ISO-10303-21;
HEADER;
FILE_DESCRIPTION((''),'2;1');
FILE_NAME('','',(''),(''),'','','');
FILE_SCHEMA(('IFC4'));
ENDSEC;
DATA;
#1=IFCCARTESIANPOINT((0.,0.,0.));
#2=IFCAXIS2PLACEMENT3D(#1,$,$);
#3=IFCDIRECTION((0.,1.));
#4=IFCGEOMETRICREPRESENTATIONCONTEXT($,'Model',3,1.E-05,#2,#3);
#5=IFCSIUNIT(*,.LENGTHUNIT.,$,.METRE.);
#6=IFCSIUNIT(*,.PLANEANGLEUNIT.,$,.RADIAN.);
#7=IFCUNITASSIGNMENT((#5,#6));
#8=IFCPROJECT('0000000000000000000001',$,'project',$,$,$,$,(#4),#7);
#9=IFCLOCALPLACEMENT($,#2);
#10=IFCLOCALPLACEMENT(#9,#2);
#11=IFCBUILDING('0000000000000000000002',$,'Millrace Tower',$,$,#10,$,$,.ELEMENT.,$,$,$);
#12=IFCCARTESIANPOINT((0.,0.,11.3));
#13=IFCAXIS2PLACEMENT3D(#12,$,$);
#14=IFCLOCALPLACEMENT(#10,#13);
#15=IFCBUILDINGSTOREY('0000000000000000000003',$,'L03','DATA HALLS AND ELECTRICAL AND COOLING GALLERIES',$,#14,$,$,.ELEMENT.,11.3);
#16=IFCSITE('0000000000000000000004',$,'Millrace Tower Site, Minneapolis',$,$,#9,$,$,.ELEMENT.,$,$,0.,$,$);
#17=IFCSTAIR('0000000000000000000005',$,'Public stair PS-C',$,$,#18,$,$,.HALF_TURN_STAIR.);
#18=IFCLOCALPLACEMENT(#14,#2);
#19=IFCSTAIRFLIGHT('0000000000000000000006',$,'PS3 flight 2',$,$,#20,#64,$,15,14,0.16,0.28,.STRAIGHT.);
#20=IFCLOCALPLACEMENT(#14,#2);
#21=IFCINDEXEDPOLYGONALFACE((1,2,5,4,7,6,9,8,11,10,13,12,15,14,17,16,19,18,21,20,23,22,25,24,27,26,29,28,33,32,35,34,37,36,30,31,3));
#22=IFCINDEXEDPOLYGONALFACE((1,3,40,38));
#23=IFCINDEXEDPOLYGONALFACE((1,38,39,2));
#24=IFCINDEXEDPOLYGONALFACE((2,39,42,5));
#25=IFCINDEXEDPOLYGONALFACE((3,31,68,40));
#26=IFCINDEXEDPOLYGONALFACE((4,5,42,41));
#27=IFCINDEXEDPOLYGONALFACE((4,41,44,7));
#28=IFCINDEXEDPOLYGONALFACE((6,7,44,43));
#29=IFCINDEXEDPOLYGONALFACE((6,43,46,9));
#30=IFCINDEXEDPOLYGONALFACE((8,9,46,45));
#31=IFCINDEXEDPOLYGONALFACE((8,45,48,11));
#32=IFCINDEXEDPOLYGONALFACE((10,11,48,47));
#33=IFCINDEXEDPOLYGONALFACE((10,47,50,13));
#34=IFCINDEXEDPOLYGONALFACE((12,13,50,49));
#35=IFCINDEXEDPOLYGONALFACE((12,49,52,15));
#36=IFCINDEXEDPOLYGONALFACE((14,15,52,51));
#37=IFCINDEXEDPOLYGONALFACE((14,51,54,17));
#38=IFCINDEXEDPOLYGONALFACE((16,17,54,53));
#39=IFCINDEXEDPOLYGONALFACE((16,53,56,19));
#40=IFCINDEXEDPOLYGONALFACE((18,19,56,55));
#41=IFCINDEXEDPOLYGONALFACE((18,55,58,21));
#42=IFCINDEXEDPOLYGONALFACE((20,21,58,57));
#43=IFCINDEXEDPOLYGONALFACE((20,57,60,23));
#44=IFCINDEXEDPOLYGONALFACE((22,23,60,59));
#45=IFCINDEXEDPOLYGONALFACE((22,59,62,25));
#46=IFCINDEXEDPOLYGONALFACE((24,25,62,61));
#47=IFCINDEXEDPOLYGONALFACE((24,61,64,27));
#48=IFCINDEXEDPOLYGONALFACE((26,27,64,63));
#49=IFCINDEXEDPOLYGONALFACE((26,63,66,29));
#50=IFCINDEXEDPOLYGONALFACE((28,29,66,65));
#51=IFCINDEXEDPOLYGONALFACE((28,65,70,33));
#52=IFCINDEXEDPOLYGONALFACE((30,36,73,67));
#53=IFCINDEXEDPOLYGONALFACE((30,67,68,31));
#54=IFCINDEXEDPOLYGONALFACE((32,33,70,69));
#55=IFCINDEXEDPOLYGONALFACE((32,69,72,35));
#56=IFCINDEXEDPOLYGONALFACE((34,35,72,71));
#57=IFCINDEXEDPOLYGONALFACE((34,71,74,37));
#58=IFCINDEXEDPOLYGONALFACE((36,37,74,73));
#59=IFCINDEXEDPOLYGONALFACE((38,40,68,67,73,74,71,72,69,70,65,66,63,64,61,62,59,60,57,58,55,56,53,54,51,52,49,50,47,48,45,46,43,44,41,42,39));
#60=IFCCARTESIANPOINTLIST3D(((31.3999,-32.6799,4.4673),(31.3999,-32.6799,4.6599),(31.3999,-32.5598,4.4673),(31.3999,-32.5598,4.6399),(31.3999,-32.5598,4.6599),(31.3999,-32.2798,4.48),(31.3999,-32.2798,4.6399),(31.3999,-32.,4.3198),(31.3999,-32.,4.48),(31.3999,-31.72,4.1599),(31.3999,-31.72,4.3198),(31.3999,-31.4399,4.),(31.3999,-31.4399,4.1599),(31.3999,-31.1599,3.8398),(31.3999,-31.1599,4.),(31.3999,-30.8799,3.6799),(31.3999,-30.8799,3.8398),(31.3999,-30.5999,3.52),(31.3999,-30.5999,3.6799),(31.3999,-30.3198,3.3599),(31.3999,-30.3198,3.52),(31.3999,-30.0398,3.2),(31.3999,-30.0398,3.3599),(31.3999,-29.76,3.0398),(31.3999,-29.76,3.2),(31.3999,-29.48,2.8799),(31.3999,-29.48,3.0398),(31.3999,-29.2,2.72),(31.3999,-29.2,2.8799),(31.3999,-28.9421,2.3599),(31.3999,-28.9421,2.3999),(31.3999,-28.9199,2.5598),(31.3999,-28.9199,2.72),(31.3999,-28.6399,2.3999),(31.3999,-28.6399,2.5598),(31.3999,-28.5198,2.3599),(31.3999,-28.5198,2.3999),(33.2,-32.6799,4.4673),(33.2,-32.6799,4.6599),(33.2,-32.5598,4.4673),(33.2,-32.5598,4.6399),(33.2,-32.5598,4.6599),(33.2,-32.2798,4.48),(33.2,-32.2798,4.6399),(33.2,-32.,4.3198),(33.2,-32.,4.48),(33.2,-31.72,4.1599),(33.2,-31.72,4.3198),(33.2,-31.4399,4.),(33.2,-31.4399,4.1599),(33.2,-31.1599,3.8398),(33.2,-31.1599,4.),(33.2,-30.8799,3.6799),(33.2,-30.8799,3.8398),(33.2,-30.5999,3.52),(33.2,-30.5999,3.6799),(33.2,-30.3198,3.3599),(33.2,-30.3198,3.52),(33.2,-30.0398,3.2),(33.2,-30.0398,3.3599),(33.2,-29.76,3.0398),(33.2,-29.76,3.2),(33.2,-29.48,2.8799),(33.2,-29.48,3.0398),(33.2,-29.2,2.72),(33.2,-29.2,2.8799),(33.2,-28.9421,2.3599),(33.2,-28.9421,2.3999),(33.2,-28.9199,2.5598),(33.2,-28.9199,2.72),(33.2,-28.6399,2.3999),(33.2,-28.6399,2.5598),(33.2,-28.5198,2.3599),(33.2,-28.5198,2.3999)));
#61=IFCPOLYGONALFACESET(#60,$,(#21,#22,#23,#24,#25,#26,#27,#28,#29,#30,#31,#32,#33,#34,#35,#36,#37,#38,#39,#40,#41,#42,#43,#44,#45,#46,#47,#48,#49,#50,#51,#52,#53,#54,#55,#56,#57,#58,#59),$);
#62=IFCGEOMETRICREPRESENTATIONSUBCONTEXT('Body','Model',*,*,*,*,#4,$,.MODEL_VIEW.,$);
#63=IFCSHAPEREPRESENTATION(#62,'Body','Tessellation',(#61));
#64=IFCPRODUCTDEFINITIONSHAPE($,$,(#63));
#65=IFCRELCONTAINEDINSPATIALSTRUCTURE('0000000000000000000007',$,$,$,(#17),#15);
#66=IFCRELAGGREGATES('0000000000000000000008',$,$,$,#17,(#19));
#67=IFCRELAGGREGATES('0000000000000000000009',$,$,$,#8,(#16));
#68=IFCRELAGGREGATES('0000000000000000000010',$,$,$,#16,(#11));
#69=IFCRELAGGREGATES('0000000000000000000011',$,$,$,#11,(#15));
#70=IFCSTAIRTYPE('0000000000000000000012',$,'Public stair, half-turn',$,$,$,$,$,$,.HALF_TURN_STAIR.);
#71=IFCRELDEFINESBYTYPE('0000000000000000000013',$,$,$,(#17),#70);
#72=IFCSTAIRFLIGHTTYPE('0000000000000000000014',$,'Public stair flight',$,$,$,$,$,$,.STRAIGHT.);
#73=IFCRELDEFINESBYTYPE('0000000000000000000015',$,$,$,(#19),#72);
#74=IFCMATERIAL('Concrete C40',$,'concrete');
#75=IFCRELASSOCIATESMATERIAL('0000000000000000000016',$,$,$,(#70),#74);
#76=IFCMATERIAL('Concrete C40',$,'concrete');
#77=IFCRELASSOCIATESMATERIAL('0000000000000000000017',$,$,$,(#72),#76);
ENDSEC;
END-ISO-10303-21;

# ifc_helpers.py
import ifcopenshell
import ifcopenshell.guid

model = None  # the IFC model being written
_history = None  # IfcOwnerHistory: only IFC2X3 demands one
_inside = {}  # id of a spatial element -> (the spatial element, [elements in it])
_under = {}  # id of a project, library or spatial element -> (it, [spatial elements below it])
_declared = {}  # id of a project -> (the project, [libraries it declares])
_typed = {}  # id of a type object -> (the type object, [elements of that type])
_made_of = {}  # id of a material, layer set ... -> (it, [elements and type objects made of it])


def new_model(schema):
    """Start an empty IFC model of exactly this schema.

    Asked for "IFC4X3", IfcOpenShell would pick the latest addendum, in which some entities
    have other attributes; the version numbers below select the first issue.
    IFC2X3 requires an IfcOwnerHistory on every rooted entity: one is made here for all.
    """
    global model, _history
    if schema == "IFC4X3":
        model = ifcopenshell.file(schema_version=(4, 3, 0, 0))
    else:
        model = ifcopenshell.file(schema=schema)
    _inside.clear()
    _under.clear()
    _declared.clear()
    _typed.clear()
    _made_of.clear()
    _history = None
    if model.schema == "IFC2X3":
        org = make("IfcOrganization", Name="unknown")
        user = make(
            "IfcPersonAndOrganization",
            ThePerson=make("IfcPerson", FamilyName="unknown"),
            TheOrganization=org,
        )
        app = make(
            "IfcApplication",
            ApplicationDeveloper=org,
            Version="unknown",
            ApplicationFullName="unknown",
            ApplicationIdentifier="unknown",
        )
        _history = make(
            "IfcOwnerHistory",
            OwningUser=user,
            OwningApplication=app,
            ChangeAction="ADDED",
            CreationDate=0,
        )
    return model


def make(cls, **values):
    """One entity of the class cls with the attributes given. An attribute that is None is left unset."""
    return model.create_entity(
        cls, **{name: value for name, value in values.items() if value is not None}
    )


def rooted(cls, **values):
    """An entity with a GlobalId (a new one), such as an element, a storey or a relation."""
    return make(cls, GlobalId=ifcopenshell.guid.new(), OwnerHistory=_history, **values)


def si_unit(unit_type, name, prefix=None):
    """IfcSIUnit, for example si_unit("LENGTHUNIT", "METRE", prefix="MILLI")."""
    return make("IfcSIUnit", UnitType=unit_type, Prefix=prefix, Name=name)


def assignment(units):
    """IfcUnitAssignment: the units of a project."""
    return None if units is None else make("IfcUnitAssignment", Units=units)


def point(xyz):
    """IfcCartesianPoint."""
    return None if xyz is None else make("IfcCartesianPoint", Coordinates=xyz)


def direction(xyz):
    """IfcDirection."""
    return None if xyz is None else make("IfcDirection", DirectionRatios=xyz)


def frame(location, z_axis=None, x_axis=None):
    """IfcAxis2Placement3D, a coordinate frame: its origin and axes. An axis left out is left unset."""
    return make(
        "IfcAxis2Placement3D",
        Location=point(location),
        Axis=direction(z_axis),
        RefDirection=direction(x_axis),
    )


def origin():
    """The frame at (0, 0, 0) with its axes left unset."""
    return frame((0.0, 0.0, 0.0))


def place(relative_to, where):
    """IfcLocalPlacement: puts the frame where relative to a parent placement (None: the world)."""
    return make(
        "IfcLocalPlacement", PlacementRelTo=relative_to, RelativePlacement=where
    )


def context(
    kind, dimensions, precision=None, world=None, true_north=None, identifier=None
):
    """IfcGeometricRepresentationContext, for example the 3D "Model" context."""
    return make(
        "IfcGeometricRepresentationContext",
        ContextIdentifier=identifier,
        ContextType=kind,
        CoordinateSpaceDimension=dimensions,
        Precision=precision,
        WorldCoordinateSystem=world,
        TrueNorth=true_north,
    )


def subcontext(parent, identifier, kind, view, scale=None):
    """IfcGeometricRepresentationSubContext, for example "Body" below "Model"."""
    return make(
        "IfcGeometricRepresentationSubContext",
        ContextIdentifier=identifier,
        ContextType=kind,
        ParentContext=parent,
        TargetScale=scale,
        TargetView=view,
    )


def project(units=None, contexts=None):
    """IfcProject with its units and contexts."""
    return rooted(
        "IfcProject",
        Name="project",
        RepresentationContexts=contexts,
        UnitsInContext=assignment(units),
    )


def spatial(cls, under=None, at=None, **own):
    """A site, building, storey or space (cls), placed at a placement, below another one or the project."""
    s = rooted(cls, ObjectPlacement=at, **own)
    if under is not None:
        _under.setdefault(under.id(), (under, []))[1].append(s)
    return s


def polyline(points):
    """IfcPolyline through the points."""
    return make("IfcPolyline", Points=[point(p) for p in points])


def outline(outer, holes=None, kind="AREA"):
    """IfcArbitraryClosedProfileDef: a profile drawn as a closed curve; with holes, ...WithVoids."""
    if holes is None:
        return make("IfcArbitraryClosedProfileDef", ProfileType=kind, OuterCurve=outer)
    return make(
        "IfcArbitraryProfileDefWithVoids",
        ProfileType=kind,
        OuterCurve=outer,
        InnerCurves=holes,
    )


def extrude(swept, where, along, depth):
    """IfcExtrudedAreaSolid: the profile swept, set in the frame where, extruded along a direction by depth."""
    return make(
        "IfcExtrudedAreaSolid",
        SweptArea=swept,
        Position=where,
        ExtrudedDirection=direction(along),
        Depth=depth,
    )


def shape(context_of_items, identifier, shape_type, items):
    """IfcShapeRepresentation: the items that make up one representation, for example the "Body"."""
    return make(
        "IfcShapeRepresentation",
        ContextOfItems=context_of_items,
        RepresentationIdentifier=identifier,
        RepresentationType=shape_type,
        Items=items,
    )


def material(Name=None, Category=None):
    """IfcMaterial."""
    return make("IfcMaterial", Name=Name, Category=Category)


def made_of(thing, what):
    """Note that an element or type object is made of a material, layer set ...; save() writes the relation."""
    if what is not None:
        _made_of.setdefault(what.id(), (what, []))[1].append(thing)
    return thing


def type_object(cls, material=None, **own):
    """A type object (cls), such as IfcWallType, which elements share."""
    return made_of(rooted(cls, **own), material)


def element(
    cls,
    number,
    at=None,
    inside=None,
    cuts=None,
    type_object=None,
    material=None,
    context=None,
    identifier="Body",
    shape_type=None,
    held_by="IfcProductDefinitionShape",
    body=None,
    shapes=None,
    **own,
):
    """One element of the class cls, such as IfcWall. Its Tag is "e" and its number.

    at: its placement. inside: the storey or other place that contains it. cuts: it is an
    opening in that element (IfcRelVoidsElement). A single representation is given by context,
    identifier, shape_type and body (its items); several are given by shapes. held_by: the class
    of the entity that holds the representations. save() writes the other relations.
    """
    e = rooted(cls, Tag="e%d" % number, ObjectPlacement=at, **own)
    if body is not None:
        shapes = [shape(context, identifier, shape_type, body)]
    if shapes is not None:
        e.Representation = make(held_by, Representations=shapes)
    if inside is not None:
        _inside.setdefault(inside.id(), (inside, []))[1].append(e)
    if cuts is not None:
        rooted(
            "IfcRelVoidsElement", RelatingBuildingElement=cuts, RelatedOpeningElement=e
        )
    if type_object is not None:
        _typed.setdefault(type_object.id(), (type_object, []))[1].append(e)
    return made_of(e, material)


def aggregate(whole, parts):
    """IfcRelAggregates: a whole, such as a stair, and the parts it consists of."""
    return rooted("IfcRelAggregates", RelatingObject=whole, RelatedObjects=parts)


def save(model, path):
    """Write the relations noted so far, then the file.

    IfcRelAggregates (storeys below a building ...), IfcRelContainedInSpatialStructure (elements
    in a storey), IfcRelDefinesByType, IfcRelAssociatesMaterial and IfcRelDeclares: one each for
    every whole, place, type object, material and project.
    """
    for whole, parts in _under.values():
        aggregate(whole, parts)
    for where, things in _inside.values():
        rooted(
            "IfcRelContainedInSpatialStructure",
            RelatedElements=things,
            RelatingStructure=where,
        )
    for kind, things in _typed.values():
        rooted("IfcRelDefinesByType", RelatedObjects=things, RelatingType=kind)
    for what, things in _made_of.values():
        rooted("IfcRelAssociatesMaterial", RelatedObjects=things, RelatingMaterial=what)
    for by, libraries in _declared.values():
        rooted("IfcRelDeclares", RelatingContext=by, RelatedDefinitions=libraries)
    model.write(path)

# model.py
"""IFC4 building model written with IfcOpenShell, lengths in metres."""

from ifc_helpers import new_model, si_unit, direction, frame, origin, place, context, subcontext, project, spatial, polyline, outline, extrude, material, type_object, element, aggregate, save


model = new_model("IFC4")

# Units and contexts
model_context = context("Model", 3, precision=1e-05, world=origin(), true_north=direction((0.0, 1.0)))
body_context = subcontext(model_context, "Body", "Model", "MODEL_VIEW")
ifc_project = project(units=[si_unit("LENGTHUNIT", "METRE"), si_unit("PLANEANGLEUNIT", "RADIAN")], contexts=[model_context])

# Site, building, storey
site_placement = place(None, origin())
site = spatial("IfcSite", under=ifc_project, at=site_placement, Name="Millrace Tower Site, Minneapolis", CompositionType="ELEMENT", RefElevation=0.0)
building_placement = place(site_placement, origin())
building = spatial("IfcBuilding", under=site, at=building_placement, Name="Millrace Tower", CompositionType="ELEMENT")
storey_placement = place(building_placement, frame((0.0, 0.0, 11.3)))
storey = spatial("IfcBuildingStorey", under=building, at=storey_placement, Name="L03", Description="DATA HALLS AND ELECTRICAL AND COOLING GALLERIES", CompositionType="ELEMENT", Elevation=11.3)

# Shared definitions
placement_1 = place(storey_placement, origin())

# Stair, stair flight
ifc_material_1 = material(Name="Concrete C40", Category="concrete")
stair_type = type_object("IfcStairType", Name="Public stair, half-turn", PredefinedType="HALF_TURN_STAIR", material=ifc_material_1)
stair = element("IfcStair", 1, at=placement_1, inside=storey, type_object=stair_type, Name="Public stair PS-C", PredefinedType="HALF_TURN_STAIR")
ifc_material_2 = material(Name="Concrete C40", Category="concrete")
stair_flight_type = type_object("IfcStairFlightType", Name="Public stair flight", PredefinedType="STRAIGHT", material=ifc_material_2)
stair_flight_1_placement = place(storey_placement, frame((32.3, -28.6399, 2.3999), z_axis=(0.0, 0.0, 1.0), x_axis=(0.0, -1.0, 0.0)))
stair_flight_1 = element("IfcStairFlight", 2, at=stair_flight_1_placement, type_object=stair_flight_type, Name="PS3 flight 2", NumberOfRisers=15, NumberOfTreads=14, PredefinedType="STRAIGHT", RiserHeight=0.16, TreadLength=0.28, context=body_context, shape_type="SweptSolid", body=[
    extrude(outline(polyline([(-0.1201, -0.04), (-0.1201, 0.0), (0.0, 0.0), (0.0, 0.1599), (0.28, 0.1599), (0.28, 0.3201), (0.5601, 0.3201), (0.5601, 0.48), (0.8401, 0.48), (0.8401, 0.6399), (1.1201, 0.6399), (1.1201, 0.8), (1.3999, 0.8), (1.3999, 0.96), (1.6799, 0.96), (1.6799, 1.1201), (1.96, 1.1201), (1.96, 1.28), (2.24, 1.28), (2.24, 1.4399), (2.52, 1.4399), (2.52, 1.6001), (2.8, 1.6001), (2.8, 1.76), (3.0801, 1.76), (3.0801, 1.9199), (3.3601, 1.9199), (3.3601, 2.0801), (3.6399, 2.0801), (3.6399, 2.24), (3.9199, 2.24), (3.9199, 2.26), (4.04, 2.26), (4.04, 2.0674), (3.9199, 2.0674), (0.3022, 0.0), (0.3022, -0.04), (-0.1201, -0.04)])), frame((0.0, 0.8999, 0.0), z_axis=(0.0, -1.0, 0.0), x_axis=(1.0, 0.0, 0.0)), (0.0, 0.0, 1.0), 1.8),
])
aggregate(stair, [stair_flight_1])

save(model, "model.ifc")
